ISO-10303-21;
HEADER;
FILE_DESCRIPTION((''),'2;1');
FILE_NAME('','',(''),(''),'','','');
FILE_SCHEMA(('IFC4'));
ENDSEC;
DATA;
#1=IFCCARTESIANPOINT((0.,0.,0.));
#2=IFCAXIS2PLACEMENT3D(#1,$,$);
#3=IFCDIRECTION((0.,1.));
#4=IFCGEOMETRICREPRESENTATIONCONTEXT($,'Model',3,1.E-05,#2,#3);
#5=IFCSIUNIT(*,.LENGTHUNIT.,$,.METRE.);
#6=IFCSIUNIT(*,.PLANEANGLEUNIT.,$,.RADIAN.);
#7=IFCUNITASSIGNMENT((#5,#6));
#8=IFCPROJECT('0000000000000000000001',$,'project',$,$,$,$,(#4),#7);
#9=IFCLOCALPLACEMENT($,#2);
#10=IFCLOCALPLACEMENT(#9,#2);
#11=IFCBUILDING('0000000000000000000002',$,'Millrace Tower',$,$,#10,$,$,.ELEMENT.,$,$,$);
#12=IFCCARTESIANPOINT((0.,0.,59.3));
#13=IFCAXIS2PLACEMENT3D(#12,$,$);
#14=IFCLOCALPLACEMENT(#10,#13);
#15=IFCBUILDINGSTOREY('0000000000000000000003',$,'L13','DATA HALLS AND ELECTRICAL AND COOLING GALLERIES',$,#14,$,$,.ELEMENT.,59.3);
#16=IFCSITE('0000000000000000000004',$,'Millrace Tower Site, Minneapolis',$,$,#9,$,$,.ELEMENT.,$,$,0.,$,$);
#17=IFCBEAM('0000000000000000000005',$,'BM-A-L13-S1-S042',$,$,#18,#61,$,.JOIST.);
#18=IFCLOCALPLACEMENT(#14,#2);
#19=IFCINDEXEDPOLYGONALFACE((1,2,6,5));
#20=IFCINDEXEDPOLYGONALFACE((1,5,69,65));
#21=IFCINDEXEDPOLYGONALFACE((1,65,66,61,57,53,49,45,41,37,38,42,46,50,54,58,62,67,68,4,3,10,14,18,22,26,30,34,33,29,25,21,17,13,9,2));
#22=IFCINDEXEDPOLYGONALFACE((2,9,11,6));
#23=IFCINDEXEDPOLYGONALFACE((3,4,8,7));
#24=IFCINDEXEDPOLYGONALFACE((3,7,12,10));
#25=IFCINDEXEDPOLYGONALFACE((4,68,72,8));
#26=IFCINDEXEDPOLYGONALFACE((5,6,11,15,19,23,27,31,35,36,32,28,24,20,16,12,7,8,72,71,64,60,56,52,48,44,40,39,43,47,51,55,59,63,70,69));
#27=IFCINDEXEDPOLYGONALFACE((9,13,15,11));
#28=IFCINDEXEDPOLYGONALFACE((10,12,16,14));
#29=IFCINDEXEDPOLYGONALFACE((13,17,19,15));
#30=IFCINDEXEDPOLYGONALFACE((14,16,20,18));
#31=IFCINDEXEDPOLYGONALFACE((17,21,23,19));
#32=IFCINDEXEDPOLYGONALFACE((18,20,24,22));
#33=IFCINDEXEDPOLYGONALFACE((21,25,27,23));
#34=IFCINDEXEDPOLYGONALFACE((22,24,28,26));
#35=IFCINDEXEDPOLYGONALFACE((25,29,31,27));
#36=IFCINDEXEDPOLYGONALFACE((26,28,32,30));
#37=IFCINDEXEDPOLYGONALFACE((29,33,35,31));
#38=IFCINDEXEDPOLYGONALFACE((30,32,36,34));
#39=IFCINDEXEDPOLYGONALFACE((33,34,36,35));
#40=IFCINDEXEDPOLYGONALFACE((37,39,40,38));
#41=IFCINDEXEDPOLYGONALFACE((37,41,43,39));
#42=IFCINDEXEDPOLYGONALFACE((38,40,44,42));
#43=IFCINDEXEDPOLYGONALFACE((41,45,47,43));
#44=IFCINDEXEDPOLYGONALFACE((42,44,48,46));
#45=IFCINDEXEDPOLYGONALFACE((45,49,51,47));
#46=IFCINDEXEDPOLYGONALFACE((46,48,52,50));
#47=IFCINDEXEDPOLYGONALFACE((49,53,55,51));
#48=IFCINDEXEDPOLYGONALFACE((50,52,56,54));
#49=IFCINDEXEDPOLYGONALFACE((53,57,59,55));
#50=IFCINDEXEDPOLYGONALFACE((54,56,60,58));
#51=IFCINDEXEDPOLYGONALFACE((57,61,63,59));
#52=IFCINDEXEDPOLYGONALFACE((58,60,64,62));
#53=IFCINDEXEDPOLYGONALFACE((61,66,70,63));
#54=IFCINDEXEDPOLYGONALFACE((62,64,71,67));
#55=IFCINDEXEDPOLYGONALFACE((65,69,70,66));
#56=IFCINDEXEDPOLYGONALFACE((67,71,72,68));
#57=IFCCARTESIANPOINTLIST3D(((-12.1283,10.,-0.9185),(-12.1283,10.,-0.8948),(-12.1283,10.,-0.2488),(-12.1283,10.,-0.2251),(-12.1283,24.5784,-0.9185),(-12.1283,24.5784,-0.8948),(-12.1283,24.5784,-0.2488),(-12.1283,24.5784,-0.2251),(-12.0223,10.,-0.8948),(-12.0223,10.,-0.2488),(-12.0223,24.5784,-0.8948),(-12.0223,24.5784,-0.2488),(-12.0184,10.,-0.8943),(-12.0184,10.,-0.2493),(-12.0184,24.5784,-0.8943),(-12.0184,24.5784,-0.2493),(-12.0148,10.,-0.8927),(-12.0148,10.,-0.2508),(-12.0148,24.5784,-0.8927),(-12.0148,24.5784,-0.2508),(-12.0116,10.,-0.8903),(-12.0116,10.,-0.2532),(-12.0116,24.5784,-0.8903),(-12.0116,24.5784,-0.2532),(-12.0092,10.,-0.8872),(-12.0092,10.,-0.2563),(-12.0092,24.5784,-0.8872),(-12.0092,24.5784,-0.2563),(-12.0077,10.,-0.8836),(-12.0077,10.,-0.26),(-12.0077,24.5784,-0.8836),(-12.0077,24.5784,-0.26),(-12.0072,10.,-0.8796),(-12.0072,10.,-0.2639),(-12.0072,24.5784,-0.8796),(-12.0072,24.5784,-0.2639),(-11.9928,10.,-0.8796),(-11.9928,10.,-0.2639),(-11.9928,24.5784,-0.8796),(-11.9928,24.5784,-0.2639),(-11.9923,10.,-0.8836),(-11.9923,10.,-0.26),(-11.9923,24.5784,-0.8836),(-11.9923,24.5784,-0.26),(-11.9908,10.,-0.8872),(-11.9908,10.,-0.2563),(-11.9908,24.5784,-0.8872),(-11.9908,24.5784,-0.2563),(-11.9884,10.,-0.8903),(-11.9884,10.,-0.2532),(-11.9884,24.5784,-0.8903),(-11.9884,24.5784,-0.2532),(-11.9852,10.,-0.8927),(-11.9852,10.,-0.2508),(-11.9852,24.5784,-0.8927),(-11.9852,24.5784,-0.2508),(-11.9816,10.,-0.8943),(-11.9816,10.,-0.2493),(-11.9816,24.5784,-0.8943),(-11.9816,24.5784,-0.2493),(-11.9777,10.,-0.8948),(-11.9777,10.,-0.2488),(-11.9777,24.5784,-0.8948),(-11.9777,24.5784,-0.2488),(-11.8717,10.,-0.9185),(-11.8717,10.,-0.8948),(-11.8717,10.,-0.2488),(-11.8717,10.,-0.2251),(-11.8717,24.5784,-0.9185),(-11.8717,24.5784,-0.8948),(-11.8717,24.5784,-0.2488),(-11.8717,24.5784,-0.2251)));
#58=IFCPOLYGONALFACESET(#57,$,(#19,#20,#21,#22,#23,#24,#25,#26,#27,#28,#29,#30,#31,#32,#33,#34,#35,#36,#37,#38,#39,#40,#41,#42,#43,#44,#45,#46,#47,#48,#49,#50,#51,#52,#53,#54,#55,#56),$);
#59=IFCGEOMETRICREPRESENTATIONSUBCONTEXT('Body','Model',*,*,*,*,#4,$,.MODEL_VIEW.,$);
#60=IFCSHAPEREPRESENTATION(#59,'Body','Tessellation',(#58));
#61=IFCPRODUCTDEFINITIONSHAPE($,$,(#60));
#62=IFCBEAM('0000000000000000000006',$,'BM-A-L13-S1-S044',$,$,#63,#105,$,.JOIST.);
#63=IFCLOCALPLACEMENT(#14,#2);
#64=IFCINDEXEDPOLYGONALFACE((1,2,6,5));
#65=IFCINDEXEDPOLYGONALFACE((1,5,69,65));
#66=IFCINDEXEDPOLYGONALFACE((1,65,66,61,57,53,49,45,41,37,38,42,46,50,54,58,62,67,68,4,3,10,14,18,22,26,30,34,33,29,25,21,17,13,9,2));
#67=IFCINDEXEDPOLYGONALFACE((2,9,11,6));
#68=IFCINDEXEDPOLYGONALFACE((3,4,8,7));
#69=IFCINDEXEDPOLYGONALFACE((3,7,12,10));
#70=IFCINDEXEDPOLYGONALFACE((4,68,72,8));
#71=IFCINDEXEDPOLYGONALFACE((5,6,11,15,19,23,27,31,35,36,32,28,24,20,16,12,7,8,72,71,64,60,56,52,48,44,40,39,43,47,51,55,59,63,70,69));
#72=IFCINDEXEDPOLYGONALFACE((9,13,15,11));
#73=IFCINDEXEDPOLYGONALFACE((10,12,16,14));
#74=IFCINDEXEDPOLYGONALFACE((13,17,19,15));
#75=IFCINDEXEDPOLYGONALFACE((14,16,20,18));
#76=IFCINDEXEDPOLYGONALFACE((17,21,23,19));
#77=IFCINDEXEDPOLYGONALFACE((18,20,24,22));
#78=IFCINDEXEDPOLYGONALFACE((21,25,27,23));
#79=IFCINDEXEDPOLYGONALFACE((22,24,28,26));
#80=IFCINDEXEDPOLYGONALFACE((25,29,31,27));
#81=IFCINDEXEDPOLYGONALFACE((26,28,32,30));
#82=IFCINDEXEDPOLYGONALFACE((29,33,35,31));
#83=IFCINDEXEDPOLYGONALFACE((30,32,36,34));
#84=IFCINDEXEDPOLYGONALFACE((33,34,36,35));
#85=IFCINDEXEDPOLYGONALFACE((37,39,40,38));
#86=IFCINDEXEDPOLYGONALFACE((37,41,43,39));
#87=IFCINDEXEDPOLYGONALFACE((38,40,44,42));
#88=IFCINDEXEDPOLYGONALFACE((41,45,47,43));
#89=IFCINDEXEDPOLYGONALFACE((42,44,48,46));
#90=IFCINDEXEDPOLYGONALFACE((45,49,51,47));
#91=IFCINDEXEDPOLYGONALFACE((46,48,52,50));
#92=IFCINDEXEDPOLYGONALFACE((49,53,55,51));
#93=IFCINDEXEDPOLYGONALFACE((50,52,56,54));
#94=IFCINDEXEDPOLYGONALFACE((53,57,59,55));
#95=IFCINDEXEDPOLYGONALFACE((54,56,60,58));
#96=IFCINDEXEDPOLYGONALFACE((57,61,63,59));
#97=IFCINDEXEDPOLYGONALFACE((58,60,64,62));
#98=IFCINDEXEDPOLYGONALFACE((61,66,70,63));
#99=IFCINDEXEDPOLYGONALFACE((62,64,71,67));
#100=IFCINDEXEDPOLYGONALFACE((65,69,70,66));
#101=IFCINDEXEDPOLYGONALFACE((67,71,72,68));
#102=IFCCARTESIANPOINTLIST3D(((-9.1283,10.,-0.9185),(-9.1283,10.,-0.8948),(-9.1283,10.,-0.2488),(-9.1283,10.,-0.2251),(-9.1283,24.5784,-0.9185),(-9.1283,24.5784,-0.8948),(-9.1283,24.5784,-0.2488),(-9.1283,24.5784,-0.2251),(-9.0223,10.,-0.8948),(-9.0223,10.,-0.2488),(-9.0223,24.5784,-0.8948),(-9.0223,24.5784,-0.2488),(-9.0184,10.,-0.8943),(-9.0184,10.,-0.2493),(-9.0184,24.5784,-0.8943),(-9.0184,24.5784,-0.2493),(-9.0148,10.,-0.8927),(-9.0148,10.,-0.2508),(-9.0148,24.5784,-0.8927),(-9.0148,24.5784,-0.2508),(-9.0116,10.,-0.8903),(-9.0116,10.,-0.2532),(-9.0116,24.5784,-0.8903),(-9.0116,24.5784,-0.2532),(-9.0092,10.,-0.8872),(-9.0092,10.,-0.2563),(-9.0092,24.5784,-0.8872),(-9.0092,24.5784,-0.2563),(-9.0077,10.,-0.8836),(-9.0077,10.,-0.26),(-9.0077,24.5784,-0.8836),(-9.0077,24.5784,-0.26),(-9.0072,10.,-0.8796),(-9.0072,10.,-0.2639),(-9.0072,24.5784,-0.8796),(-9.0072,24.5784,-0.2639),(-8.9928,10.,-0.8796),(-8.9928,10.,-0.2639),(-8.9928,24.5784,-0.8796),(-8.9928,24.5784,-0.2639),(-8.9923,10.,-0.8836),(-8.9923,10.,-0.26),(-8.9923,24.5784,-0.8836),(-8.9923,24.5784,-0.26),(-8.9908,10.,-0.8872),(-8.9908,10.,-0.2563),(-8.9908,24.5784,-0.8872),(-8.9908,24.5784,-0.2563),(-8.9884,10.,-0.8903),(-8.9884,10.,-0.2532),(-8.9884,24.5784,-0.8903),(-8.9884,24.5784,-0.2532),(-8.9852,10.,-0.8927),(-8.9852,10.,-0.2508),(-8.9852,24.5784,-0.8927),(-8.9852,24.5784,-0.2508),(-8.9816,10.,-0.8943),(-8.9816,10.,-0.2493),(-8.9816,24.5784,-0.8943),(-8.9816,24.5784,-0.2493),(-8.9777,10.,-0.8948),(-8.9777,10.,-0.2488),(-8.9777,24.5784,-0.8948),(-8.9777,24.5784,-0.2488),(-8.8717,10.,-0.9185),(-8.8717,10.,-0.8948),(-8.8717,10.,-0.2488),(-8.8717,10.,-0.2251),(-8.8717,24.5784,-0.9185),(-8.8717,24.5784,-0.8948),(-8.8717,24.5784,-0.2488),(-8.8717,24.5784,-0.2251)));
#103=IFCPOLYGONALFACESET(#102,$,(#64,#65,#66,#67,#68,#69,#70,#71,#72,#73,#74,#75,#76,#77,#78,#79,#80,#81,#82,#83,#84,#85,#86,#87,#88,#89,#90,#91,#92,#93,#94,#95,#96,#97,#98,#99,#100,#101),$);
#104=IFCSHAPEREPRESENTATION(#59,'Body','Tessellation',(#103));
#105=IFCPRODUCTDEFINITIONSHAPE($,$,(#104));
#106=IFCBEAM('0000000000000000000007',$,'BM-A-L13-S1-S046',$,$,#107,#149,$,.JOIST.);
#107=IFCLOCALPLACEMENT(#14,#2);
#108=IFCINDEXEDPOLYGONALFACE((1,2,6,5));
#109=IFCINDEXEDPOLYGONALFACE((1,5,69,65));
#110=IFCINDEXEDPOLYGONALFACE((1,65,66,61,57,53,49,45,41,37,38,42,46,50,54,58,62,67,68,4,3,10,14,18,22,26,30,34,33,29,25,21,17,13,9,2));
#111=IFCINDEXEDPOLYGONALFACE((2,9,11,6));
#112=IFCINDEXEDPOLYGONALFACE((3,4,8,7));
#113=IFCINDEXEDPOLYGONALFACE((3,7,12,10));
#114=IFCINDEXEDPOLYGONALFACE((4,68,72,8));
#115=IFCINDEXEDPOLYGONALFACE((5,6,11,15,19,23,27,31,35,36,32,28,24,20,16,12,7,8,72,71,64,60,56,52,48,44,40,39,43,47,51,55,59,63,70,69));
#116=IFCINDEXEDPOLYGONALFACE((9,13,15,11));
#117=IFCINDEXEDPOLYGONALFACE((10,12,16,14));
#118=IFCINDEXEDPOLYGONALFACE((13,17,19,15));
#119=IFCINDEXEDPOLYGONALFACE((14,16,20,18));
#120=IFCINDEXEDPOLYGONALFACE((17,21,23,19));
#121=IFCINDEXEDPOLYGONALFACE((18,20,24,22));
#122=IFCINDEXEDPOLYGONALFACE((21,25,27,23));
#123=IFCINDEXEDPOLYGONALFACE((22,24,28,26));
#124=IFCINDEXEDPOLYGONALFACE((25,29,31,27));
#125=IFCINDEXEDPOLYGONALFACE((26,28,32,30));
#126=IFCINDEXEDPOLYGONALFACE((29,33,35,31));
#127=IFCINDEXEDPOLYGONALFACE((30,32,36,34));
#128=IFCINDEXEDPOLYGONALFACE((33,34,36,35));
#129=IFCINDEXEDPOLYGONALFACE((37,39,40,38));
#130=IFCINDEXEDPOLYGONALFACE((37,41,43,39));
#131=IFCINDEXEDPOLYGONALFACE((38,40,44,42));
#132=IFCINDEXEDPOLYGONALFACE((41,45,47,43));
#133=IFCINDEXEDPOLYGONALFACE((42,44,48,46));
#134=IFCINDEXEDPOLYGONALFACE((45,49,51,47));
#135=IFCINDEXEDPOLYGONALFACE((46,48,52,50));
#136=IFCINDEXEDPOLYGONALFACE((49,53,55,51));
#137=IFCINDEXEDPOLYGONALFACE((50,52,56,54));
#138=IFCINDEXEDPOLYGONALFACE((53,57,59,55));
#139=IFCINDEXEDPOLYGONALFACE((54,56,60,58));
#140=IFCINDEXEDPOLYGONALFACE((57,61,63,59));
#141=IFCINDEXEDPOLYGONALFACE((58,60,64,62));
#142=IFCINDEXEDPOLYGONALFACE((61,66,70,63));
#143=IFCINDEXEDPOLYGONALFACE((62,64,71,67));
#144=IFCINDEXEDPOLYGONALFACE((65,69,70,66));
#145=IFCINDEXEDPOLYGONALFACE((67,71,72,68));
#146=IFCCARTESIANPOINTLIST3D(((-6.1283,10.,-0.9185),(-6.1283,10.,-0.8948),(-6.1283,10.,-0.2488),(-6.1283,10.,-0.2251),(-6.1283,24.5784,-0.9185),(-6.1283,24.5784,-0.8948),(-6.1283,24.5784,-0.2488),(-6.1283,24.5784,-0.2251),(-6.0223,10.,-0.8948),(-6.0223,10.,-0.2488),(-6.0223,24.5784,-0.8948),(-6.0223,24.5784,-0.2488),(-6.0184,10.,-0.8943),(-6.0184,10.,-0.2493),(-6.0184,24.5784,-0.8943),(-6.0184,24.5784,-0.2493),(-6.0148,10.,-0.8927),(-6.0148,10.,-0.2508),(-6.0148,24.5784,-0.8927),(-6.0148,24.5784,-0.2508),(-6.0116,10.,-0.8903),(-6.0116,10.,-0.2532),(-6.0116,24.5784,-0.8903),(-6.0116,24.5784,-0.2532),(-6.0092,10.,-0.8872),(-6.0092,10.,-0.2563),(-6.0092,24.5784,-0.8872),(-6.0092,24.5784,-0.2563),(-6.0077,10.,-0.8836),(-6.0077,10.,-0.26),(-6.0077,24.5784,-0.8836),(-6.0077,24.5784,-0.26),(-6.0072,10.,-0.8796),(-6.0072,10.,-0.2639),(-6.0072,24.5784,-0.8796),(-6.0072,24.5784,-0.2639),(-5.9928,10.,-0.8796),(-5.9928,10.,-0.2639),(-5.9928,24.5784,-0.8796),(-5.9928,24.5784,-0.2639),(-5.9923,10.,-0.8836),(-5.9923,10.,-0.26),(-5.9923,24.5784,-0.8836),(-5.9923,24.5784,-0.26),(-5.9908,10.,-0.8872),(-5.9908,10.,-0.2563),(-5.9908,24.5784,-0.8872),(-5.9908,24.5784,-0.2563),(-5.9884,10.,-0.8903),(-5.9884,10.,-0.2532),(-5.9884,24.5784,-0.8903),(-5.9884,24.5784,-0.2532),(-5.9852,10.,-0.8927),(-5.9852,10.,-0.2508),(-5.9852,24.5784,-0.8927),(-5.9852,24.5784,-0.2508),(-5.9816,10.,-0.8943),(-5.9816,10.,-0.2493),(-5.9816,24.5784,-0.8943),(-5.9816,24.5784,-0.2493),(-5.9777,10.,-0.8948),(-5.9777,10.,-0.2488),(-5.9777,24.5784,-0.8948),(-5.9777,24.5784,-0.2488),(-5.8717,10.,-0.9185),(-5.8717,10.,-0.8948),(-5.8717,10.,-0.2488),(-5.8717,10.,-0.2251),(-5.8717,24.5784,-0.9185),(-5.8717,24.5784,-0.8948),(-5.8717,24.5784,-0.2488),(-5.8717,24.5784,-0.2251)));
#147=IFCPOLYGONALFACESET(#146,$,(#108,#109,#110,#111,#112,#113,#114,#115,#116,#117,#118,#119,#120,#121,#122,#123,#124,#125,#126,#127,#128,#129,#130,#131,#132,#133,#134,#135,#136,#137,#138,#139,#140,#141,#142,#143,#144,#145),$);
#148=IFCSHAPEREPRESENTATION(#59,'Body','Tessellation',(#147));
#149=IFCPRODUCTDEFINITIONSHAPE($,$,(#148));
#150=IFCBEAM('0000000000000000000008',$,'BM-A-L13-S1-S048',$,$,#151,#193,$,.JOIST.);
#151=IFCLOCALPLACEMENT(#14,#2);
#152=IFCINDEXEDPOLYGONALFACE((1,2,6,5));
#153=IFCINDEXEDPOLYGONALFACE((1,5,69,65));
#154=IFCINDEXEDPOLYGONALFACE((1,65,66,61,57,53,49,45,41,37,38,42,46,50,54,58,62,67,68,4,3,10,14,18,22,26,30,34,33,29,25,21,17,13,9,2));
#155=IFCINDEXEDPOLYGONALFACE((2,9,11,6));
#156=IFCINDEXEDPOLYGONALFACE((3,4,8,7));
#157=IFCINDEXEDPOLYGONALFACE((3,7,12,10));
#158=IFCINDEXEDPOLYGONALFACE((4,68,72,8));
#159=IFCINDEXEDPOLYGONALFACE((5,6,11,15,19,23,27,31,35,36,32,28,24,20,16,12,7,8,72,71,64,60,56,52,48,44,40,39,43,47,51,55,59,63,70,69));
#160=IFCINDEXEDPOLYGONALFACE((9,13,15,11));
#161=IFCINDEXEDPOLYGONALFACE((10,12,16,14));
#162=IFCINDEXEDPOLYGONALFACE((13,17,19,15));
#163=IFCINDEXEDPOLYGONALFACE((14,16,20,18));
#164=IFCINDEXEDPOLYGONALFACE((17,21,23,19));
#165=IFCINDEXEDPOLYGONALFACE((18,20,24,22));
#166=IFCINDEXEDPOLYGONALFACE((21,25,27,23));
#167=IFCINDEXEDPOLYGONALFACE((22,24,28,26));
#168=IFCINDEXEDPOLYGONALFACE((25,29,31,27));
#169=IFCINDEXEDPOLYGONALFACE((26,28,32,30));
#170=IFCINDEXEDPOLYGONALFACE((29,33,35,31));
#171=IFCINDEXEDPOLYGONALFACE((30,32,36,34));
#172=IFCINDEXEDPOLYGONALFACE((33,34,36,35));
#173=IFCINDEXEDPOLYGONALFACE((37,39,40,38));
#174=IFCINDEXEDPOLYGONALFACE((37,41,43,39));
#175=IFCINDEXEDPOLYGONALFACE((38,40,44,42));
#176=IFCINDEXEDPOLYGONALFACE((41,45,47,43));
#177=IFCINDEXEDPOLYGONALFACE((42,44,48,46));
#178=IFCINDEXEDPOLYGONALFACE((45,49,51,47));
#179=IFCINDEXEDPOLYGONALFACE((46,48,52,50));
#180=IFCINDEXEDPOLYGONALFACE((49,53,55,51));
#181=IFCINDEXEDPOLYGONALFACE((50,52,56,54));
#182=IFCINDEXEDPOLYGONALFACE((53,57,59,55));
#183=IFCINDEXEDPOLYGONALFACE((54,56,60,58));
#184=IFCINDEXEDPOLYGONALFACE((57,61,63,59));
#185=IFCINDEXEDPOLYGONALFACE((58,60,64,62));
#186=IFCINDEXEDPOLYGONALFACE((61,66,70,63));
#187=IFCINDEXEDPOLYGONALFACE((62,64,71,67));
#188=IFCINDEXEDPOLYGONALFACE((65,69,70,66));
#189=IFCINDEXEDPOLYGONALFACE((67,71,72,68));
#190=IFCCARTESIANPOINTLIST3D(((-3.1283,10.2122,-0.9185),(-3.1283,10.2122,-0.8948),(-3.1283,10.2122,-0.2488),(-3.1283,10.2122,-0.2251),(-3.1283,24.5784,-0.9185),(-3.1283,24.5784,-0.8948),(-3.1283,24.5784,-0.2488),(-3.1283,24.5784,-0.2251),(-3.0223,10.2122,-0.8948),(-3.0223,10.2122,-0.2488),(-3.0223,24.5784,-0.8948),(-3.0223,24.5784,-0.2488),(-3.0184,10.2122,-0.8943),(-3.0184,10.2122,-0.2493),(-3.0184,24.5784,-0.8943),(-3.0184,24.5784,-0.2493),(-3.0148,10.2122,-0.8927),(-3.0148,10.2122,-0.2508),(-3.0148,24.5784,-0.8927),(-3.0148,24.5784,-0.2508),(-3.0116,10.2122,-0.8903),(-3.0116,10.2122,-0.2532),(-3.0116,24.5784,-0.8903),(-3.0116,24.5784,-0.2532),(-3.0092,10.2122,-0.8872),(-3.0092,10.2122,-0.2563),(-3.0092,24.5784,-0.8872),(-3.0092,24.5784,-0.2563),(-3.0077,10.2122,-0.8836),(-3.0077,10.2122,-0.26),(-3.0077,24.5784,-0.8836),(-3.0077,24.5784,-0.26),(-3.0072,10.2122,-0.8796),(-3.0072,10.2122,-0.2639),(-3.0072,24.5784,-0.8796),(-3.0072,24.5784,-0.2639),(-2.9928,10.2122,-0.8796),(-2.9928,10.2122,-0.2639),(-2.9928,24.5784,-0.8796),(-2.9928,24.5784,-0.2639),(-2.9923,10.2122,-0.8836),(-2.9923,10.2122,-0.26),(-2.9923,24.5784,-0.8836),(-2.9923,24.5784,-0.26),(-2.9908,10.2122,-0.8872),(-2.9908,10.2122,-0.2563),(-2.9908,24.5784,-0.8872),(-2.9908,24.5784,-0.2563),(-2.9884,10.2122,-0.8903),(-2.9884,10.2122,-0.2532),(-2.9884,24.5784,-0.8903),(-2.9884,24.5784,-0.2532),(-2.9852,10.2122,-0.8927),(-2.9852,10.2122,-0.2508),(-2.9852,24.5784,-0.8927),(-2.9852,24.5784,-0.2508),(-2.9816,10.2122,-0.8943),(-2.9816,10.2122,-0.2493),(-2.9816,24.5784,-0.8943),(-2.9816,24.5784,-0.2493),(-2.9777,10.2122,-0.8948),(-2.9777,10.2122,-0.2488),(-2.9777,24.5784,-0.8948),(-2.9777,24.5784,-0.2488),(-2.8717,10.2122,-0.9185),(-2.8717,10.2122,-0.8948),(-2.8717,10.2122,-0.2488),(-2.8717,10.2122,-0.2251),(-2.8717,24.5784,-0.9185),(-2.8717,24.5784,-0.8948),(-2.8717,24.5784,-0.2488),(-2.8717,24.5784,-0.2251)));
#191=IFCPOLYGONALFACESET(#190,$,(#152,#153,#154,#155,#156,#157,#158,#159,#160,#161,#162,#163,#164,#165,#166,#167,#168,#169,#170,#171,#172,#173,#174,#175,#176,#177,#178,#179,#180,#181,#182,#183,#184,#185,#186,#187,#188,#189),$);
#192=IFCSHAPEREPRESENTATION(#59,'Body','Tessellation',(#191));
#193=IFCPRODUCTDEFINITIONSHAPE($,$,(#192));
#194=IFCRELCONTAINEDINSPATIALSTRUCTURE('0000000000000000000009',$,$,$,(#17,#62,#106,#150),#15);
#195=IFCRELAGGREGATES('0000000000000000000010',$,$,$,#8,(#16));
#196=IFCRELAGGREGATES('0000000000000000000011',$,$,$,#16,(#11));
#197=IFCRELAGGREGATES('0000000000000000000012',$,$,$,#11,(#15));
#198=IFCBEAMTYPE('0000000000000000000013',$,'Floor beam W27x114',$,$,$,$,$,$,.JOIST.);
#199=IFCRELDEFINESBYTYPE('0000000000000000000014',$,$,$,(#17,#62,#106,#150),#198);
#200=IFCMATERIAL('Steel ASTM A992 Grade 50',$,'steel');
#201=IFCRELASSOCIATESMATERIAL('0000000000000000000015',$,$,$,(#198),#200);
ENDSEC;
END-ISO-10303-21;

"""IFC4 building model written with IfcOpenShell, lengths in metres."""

from ifc_helpers import new_model, si_unit, direction, frame, origin, origin_2d, place, context, subcontext, project, spatial, i_section, extrude, material, material_profile, profile_set, type_object, element, save


model = new_model("IFC4")

# Units and contexts
model_context = context("Model", 3, precision=1e-05, world=origin(), true_north=direction((0.0, 1.0)))
body_context = subcontext(model_context, "Body", "Model", "MODEL_VIEW")
ifc_project = project(units=[si_unit("LENGTHUNIT", "METRE"), si_unit("PLANEANGLEUNIT", "RADIAN")], contexts=[model_context])

# Site, building, storey
site_placement = place(None, origin())
site = spatial("IfcSite", under=ifc_project, at=site_placement, Name="Millrace Tower Site, Minneapolis", CompositionType="ELEMENT", RefElevation=0.0)
building_placement = place(site_placement, origin())
building = spatial("IfcBuilding", under=site, at=building_placement, Name="Millrace Tower", CompositionType="ELEMENT")
storey_placement = place(building_placement, frame((0.0, 0.0, 59.3)))
storey = spatial("IfcBuildingStorey", under=building, at=storey_placement, Name="L13", Description="DATA HALLS AND ELECTRICAL AND COOLING GALLERIES", CompositionType="ELEMENT", Elevation=59.3)

# Beams
ifc_material_1 = material(Name="Steel ASTM A992 Grade 50", Category="steel")
ifc_material_profile_1 = material_profile(ifc_material_1, i_section(OverallWidth=0.2566, OverallDepth=0.6934, WebThickness=0.0144, FlangeThickness=0.0237, FilletRadius=0.0151, at=origin_2d()))
ifc_profile_set_1 = profile_set([ifc_material_profile_1], Name="Steel ASTM A992 Grade 50")
beam_type_1 = type_object("IfcBeamType", Name="Floor beam W27x114", PredefinedType="JOIST", material=ifc_profile_set_1)
for number, where, z_axis, x_axis, name in (
    (1, (-12.0, 10.0, -0.5718), (0.0, 1.0, 0.0), (-1.0, 0.0, 0.0), "BM-A-L13-S1-S042"),
    (2, (-9.0, 10.0, -0.5718), (0.0, 1.0, 0.0), (-1.0, 0.0, 0.0), "BM-A-L13-S1-S044"),
    (3, (-6.0, 10.0, -0.5718), (0.0, 1.0, 0.0), (-1.0, 0.0, 0.0), "BM-A-L13-S1-S046"),
):
    element("IfcBeam", number, at=place(storey_placement, frame(where, z_axis=z_axis, x_axis=x_axis)), inside=storey, type_object=beam_type_1, Name=name, PredefinedType="JOIST", context=body_context, shape_type="SweptSolid", body=[
        extrude(i_section(OverallWidth=0.2566, OverallDepth=0.6934, WebThickness=0.0144, FlangeThickness=0.0237, FilletRadius=0.0151, at=origin_2d()), origin(), (0.0, 0.0, 1.0), 14.5784),
    ])
for number, where, z_axis, x_axis, name in (
    (4, (-3.0, 10.2122, -0.5718), (0.0, 1.0, 0.0), (-1.0, 0.0, 0.0), "BM-A-L13-S1-S048"),
):
    element("IfcBeam", number, at=place(storey_placement, frame(where, z_axis=z_axis, x_axis=x_axis)), inside=storey, type_object=beam_type_1, Name=name, PredefinedType="JOIST", context=body_context, shape_type="SweptSolid", body=[
        extrude(i_section(OverallWidth=0.2566, OverallDepth=0.6934, WebThickness=0.0144, FlangeThickness=0.0237, FilletRadius=0.0151, at=origin_2d()), origin(), (0.0, 0.0, 1.0), 14.3662),
    ])

save(model, "model.ifc")
